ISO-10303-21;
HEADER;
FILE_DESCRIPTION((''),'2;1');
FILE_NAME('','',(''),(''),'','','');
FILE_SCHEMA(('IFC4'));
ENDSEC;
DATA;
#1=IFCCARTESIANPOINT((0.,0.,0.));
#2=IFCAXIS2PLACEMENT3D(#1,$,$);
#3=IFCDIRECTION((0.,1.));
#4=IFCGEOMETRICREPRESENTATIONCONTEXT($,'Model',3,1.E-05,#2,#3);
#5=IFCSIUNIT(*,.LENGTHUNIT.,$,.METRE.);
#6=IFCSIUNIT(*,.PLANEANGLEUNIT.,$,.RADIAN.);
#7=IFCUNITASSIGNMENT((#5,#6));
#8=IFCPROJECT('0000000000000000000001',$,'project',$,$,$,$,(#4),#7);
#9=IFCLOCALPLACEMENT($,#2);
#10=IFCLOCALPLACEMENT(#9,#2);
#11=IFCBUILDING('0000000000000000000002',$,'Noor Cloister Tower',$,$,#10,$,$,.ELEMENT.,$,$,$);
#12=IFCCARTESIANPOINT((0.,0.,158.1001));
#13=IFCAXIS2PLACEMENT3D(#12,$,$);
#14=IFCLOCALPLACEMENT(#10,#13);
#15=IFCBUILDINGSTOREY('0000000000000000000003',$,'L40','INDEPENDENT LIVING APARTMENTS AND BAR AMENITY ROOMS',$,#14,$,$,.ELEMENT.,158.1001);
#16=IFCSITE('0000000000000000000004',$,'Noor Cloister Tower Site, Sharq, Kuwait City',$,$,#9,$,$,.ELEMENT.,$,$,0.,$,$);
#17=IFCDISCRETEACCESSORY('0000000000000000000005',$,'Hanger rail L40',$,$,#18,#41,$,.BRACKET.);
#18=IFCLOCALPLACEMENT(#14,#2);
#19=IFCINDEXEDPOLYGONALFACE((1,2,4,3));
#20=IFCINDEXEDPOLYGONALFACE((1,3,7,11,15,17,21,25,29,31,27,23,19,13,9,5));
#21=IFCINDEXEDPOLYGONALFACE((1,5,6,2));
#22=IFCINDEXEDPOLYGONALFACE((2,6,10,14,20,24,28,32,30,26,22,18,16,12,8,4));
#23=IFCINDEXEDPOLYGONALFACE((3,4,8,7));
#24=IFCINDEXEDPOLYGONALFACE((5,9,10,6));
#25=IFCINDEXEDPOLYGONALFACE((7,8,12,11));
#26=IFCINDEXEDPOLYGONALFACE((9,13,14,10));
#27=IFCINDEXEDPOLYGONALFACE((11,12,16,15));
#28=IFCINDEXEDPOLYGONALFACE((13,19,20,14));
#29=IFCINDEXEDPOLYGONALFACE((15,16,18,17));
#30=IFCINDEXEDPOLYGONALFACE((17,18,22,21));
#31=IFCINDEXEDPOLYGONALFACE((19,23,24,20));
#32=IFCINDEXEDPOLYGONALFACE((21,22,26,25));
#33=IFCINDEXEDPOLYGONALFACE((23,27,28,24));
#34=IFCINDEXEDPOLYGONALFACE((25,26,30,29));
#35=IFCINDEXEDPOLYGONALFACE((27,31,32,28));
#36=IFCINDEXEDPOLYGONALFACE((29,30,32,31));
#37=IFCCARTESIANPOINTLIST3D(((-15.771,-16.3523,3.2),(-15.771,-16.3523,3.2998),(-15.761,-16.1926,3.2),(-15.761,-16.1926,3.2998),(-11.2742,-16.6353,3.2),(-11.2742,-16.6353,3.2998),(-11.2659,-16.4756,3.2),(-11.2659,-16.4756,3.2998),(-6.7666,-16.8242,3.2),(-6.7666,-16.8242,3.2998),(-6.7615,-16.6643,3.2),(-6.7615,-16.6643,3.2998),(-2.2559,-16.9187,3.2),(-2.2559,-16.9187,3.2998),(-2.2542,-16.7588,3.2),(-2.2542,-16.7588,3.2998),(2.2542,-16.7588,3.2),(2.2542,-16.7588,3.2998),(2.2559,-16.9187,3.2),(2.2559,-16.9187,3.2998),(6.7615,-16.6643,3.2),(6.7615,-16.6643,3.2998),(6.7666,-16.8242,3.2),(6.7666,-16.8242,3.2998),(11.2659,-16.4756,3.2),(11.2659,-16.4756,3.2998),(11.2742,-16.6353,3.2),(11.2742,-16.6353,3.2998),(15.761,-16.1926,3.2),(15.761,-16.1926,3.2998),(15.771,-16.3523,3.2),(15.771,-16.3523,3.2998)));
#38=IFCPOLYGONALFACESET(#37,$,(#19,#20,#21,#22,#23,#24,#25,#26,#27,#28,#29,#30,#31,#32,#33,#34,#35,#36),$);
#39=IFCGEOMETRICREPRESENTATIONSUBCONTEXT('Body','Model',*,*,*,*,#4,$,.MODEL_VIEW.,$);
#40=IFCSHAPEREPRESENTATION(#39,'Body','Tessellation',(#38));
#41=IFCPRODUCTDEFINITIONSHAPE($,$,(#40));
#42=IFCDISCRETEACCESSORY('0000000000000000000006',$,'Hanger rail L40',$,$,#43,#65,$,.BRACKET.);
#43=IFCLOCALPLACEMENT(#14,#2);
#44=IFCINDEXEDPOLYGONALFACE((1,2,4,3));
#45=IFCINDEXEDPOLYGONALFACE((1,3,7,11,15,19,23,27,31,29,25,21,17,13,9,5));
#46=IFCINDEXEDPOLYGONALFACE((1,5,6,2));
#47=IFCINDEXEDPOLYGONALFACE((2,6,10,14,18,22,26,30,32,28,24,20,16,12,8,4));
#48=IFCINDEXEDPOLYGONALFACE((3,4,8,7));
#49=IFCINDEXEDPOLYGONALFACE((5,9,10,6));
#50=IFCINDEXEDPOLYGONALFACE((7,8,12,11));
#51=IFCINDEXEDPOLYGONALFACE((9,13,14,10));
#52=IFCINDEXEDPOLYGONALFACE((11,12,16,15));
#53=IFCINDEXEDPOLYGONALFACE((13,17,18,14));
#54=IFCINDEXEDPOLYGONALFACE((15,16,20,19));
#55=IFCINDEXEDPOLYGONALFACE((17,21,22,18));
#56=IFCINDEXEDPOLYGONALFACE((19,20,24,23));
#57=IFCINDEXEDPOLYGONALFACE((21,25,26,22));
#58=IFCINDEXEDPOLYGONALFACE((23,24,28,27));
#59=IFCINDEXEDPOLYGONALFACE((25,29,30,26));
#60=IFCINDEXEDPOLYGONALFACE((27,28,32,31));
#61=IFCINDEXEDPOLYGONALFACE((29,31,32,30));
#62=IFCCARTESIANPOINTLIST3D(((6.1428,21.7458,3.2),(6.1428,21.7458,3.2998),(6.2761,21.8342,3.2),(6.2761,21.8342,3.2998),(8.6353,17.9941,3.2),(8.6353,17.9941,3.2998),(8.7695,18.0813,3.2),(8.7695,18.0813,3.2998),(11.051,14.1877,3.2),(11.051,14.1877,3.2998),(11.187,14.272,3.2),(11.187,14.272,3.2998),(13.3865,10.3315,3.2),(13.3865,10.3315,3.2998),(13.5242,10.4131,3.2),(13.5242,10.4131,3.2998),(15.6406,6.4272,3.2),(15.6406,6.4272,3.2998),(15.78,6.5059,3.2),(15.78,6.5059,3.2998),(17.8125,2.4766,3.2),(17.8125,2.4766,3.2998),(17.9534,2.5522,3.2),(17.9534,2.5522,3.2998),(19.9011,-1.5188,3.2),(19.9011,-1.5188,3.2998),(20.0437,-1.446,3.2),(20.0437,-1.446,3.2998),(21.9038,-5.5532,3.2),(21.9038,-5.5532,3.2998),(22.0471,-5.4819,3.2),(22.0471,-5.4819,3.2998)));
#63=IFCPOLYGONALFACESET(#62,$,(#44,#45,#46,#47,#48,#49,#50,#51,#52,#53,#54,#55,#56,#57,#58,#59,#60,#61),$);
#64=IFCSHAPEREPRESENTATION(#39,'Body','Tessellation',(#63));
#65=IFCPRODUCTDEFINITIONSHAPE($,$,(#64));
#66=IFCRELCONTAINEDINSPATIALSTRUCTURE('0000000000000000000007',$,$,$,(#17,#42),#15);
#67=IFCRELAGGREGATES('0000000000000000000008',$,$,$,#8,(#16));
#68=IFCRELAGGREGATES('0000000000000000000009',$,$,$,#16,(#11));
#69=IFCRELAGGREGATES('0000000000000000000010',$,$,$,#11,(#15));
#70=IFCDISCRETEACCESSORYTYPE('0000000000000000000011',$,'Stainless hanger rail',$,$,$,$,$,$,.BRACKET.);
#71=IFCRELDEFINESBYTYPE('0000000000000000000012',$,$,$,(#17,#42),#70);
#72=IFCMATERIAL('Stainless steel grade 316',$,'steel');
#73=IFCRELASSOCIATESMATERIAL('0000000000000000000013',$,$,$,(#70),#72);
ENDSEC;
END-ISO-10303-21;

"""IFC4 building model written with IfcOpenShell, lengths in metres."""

from ifc_helpers import new_model, si_unit, direction, frame, origin, place, context, subcontext, project, spatial, polyline, outline, extrude, material, type_object, element, save


model = new_model("IFC4")

# Units and contexts
model_context = context("Model", 3, precision=1e-05, world=origin(), true_north=direction((0.0, 1.0)))
body_context = subcontext(model_context, "Body", "Model", "MODEL_VIEW")
ifc_project = project(units=[si_unit("LENGTHUNIT", "METRE"), si_unit("PLANEANGLEUNIT", "RADIAN")], contexts=[model_context])

# Site, building, storey
site_placement = place(None, origin())
site = spatial("IfcSite", under=ifc_project, at=site_placement, Name="Noor Cloister Tower Site, Sharq, Kuwait City", CompositionType="ELEMENT", RefElevation=0.0)
building_placement = place(site_placement, origin())
building = spatial("IfcBuilding", under=site, at=building_placement, Name="Noor Cloister Tower", CompositionType="ELEMENT")
storey_placement = place(building_placement, frame((0.0, 0.0, 158.1001)))
storey = spatial("IfcBuildingStorey", under=building, at=storey_placement, Name="L40", Description="INDEPENDENT LIVING APARTMENTS AND BAR AMENITY ROOMS", CompositionType="ELEMENT", Elevation=158.1001)

# Discrete accessories
ifc_material_1 = material(Name="Stainless steel grade 316", Category="steel")
discrete_accessory_type = type_object("IfcDiscreteAccessoryType", Name="Stainless hanger rail", PredefinedType="BRACKET", material=ifc_material_1)
discrete_accessory_1_placement = place(storey_placement, frame((0.0, 0.0, 3.2)))
element("IfcDiscreteAccessory", 1, at=discrete_accessory_1_placement, inside=storey, type_object=discrete_accessory_type, Name="Hanger rail L40", PredefinedType="BRACKET", context=body_context, shape_type="SweptSolid", body=[
    extrude(outline(polyline([(-15.771, -16.3523), (-11.2742, -16.6353), (-6.7666, -16.8242), (-2.2559, -16.9187), (2.2559, -16.9187), (6.7666, -16.8242), (11.2742, -16.6353), (15.771, -16.3523), (15.761, -16.1926), (11.2659, -16.4756), (6.7615, -16.6643), (2.2542, -16.7588), (-2.2542, -16.7588), (-6.7615, -16.6643), (-11.2659, -16.4756), (-15.761, -16.1926), (-15.771, -16.3523)])), origin(), (0.0, 0.0, 1.0), 0.0999),
])
discrete_accessory_2_placement = place(storey_placement, frame((0.0, 0.0, 3.2)))
element("IfcDiscreteAccessory", 2, at=discrete_accessory_2_placement, inside=storey, type_object=discrete_accessory_type, Name="Hanger rail L40", PredefinedType="BRACKET", context=body_context, shape_type="SweptSolid", body=[
    extrude(outline(polyline([(22.0471, -5.4819), (20.0437, -1.446), (17.9534, 2.5522), (15.78, 6.5059), (13.5242, 10.4131), (11.187, 14.272), (8.7695, 18.0813), (6.2761, 21.8342), (6.1428, 21.7458), (8.6353, 17.9941), (11.051, 14.1877), (13.3865, 10.3315), (15.6406, 6.4272), (17.8125, 2.4766), (19.9011, -1.5188), (21.9038, -5.5532), (22.0471, -5.4819)])), origin(), (0.0, 0.0, 1.0), 0.0999),
])

save(model, "model.ifc")
